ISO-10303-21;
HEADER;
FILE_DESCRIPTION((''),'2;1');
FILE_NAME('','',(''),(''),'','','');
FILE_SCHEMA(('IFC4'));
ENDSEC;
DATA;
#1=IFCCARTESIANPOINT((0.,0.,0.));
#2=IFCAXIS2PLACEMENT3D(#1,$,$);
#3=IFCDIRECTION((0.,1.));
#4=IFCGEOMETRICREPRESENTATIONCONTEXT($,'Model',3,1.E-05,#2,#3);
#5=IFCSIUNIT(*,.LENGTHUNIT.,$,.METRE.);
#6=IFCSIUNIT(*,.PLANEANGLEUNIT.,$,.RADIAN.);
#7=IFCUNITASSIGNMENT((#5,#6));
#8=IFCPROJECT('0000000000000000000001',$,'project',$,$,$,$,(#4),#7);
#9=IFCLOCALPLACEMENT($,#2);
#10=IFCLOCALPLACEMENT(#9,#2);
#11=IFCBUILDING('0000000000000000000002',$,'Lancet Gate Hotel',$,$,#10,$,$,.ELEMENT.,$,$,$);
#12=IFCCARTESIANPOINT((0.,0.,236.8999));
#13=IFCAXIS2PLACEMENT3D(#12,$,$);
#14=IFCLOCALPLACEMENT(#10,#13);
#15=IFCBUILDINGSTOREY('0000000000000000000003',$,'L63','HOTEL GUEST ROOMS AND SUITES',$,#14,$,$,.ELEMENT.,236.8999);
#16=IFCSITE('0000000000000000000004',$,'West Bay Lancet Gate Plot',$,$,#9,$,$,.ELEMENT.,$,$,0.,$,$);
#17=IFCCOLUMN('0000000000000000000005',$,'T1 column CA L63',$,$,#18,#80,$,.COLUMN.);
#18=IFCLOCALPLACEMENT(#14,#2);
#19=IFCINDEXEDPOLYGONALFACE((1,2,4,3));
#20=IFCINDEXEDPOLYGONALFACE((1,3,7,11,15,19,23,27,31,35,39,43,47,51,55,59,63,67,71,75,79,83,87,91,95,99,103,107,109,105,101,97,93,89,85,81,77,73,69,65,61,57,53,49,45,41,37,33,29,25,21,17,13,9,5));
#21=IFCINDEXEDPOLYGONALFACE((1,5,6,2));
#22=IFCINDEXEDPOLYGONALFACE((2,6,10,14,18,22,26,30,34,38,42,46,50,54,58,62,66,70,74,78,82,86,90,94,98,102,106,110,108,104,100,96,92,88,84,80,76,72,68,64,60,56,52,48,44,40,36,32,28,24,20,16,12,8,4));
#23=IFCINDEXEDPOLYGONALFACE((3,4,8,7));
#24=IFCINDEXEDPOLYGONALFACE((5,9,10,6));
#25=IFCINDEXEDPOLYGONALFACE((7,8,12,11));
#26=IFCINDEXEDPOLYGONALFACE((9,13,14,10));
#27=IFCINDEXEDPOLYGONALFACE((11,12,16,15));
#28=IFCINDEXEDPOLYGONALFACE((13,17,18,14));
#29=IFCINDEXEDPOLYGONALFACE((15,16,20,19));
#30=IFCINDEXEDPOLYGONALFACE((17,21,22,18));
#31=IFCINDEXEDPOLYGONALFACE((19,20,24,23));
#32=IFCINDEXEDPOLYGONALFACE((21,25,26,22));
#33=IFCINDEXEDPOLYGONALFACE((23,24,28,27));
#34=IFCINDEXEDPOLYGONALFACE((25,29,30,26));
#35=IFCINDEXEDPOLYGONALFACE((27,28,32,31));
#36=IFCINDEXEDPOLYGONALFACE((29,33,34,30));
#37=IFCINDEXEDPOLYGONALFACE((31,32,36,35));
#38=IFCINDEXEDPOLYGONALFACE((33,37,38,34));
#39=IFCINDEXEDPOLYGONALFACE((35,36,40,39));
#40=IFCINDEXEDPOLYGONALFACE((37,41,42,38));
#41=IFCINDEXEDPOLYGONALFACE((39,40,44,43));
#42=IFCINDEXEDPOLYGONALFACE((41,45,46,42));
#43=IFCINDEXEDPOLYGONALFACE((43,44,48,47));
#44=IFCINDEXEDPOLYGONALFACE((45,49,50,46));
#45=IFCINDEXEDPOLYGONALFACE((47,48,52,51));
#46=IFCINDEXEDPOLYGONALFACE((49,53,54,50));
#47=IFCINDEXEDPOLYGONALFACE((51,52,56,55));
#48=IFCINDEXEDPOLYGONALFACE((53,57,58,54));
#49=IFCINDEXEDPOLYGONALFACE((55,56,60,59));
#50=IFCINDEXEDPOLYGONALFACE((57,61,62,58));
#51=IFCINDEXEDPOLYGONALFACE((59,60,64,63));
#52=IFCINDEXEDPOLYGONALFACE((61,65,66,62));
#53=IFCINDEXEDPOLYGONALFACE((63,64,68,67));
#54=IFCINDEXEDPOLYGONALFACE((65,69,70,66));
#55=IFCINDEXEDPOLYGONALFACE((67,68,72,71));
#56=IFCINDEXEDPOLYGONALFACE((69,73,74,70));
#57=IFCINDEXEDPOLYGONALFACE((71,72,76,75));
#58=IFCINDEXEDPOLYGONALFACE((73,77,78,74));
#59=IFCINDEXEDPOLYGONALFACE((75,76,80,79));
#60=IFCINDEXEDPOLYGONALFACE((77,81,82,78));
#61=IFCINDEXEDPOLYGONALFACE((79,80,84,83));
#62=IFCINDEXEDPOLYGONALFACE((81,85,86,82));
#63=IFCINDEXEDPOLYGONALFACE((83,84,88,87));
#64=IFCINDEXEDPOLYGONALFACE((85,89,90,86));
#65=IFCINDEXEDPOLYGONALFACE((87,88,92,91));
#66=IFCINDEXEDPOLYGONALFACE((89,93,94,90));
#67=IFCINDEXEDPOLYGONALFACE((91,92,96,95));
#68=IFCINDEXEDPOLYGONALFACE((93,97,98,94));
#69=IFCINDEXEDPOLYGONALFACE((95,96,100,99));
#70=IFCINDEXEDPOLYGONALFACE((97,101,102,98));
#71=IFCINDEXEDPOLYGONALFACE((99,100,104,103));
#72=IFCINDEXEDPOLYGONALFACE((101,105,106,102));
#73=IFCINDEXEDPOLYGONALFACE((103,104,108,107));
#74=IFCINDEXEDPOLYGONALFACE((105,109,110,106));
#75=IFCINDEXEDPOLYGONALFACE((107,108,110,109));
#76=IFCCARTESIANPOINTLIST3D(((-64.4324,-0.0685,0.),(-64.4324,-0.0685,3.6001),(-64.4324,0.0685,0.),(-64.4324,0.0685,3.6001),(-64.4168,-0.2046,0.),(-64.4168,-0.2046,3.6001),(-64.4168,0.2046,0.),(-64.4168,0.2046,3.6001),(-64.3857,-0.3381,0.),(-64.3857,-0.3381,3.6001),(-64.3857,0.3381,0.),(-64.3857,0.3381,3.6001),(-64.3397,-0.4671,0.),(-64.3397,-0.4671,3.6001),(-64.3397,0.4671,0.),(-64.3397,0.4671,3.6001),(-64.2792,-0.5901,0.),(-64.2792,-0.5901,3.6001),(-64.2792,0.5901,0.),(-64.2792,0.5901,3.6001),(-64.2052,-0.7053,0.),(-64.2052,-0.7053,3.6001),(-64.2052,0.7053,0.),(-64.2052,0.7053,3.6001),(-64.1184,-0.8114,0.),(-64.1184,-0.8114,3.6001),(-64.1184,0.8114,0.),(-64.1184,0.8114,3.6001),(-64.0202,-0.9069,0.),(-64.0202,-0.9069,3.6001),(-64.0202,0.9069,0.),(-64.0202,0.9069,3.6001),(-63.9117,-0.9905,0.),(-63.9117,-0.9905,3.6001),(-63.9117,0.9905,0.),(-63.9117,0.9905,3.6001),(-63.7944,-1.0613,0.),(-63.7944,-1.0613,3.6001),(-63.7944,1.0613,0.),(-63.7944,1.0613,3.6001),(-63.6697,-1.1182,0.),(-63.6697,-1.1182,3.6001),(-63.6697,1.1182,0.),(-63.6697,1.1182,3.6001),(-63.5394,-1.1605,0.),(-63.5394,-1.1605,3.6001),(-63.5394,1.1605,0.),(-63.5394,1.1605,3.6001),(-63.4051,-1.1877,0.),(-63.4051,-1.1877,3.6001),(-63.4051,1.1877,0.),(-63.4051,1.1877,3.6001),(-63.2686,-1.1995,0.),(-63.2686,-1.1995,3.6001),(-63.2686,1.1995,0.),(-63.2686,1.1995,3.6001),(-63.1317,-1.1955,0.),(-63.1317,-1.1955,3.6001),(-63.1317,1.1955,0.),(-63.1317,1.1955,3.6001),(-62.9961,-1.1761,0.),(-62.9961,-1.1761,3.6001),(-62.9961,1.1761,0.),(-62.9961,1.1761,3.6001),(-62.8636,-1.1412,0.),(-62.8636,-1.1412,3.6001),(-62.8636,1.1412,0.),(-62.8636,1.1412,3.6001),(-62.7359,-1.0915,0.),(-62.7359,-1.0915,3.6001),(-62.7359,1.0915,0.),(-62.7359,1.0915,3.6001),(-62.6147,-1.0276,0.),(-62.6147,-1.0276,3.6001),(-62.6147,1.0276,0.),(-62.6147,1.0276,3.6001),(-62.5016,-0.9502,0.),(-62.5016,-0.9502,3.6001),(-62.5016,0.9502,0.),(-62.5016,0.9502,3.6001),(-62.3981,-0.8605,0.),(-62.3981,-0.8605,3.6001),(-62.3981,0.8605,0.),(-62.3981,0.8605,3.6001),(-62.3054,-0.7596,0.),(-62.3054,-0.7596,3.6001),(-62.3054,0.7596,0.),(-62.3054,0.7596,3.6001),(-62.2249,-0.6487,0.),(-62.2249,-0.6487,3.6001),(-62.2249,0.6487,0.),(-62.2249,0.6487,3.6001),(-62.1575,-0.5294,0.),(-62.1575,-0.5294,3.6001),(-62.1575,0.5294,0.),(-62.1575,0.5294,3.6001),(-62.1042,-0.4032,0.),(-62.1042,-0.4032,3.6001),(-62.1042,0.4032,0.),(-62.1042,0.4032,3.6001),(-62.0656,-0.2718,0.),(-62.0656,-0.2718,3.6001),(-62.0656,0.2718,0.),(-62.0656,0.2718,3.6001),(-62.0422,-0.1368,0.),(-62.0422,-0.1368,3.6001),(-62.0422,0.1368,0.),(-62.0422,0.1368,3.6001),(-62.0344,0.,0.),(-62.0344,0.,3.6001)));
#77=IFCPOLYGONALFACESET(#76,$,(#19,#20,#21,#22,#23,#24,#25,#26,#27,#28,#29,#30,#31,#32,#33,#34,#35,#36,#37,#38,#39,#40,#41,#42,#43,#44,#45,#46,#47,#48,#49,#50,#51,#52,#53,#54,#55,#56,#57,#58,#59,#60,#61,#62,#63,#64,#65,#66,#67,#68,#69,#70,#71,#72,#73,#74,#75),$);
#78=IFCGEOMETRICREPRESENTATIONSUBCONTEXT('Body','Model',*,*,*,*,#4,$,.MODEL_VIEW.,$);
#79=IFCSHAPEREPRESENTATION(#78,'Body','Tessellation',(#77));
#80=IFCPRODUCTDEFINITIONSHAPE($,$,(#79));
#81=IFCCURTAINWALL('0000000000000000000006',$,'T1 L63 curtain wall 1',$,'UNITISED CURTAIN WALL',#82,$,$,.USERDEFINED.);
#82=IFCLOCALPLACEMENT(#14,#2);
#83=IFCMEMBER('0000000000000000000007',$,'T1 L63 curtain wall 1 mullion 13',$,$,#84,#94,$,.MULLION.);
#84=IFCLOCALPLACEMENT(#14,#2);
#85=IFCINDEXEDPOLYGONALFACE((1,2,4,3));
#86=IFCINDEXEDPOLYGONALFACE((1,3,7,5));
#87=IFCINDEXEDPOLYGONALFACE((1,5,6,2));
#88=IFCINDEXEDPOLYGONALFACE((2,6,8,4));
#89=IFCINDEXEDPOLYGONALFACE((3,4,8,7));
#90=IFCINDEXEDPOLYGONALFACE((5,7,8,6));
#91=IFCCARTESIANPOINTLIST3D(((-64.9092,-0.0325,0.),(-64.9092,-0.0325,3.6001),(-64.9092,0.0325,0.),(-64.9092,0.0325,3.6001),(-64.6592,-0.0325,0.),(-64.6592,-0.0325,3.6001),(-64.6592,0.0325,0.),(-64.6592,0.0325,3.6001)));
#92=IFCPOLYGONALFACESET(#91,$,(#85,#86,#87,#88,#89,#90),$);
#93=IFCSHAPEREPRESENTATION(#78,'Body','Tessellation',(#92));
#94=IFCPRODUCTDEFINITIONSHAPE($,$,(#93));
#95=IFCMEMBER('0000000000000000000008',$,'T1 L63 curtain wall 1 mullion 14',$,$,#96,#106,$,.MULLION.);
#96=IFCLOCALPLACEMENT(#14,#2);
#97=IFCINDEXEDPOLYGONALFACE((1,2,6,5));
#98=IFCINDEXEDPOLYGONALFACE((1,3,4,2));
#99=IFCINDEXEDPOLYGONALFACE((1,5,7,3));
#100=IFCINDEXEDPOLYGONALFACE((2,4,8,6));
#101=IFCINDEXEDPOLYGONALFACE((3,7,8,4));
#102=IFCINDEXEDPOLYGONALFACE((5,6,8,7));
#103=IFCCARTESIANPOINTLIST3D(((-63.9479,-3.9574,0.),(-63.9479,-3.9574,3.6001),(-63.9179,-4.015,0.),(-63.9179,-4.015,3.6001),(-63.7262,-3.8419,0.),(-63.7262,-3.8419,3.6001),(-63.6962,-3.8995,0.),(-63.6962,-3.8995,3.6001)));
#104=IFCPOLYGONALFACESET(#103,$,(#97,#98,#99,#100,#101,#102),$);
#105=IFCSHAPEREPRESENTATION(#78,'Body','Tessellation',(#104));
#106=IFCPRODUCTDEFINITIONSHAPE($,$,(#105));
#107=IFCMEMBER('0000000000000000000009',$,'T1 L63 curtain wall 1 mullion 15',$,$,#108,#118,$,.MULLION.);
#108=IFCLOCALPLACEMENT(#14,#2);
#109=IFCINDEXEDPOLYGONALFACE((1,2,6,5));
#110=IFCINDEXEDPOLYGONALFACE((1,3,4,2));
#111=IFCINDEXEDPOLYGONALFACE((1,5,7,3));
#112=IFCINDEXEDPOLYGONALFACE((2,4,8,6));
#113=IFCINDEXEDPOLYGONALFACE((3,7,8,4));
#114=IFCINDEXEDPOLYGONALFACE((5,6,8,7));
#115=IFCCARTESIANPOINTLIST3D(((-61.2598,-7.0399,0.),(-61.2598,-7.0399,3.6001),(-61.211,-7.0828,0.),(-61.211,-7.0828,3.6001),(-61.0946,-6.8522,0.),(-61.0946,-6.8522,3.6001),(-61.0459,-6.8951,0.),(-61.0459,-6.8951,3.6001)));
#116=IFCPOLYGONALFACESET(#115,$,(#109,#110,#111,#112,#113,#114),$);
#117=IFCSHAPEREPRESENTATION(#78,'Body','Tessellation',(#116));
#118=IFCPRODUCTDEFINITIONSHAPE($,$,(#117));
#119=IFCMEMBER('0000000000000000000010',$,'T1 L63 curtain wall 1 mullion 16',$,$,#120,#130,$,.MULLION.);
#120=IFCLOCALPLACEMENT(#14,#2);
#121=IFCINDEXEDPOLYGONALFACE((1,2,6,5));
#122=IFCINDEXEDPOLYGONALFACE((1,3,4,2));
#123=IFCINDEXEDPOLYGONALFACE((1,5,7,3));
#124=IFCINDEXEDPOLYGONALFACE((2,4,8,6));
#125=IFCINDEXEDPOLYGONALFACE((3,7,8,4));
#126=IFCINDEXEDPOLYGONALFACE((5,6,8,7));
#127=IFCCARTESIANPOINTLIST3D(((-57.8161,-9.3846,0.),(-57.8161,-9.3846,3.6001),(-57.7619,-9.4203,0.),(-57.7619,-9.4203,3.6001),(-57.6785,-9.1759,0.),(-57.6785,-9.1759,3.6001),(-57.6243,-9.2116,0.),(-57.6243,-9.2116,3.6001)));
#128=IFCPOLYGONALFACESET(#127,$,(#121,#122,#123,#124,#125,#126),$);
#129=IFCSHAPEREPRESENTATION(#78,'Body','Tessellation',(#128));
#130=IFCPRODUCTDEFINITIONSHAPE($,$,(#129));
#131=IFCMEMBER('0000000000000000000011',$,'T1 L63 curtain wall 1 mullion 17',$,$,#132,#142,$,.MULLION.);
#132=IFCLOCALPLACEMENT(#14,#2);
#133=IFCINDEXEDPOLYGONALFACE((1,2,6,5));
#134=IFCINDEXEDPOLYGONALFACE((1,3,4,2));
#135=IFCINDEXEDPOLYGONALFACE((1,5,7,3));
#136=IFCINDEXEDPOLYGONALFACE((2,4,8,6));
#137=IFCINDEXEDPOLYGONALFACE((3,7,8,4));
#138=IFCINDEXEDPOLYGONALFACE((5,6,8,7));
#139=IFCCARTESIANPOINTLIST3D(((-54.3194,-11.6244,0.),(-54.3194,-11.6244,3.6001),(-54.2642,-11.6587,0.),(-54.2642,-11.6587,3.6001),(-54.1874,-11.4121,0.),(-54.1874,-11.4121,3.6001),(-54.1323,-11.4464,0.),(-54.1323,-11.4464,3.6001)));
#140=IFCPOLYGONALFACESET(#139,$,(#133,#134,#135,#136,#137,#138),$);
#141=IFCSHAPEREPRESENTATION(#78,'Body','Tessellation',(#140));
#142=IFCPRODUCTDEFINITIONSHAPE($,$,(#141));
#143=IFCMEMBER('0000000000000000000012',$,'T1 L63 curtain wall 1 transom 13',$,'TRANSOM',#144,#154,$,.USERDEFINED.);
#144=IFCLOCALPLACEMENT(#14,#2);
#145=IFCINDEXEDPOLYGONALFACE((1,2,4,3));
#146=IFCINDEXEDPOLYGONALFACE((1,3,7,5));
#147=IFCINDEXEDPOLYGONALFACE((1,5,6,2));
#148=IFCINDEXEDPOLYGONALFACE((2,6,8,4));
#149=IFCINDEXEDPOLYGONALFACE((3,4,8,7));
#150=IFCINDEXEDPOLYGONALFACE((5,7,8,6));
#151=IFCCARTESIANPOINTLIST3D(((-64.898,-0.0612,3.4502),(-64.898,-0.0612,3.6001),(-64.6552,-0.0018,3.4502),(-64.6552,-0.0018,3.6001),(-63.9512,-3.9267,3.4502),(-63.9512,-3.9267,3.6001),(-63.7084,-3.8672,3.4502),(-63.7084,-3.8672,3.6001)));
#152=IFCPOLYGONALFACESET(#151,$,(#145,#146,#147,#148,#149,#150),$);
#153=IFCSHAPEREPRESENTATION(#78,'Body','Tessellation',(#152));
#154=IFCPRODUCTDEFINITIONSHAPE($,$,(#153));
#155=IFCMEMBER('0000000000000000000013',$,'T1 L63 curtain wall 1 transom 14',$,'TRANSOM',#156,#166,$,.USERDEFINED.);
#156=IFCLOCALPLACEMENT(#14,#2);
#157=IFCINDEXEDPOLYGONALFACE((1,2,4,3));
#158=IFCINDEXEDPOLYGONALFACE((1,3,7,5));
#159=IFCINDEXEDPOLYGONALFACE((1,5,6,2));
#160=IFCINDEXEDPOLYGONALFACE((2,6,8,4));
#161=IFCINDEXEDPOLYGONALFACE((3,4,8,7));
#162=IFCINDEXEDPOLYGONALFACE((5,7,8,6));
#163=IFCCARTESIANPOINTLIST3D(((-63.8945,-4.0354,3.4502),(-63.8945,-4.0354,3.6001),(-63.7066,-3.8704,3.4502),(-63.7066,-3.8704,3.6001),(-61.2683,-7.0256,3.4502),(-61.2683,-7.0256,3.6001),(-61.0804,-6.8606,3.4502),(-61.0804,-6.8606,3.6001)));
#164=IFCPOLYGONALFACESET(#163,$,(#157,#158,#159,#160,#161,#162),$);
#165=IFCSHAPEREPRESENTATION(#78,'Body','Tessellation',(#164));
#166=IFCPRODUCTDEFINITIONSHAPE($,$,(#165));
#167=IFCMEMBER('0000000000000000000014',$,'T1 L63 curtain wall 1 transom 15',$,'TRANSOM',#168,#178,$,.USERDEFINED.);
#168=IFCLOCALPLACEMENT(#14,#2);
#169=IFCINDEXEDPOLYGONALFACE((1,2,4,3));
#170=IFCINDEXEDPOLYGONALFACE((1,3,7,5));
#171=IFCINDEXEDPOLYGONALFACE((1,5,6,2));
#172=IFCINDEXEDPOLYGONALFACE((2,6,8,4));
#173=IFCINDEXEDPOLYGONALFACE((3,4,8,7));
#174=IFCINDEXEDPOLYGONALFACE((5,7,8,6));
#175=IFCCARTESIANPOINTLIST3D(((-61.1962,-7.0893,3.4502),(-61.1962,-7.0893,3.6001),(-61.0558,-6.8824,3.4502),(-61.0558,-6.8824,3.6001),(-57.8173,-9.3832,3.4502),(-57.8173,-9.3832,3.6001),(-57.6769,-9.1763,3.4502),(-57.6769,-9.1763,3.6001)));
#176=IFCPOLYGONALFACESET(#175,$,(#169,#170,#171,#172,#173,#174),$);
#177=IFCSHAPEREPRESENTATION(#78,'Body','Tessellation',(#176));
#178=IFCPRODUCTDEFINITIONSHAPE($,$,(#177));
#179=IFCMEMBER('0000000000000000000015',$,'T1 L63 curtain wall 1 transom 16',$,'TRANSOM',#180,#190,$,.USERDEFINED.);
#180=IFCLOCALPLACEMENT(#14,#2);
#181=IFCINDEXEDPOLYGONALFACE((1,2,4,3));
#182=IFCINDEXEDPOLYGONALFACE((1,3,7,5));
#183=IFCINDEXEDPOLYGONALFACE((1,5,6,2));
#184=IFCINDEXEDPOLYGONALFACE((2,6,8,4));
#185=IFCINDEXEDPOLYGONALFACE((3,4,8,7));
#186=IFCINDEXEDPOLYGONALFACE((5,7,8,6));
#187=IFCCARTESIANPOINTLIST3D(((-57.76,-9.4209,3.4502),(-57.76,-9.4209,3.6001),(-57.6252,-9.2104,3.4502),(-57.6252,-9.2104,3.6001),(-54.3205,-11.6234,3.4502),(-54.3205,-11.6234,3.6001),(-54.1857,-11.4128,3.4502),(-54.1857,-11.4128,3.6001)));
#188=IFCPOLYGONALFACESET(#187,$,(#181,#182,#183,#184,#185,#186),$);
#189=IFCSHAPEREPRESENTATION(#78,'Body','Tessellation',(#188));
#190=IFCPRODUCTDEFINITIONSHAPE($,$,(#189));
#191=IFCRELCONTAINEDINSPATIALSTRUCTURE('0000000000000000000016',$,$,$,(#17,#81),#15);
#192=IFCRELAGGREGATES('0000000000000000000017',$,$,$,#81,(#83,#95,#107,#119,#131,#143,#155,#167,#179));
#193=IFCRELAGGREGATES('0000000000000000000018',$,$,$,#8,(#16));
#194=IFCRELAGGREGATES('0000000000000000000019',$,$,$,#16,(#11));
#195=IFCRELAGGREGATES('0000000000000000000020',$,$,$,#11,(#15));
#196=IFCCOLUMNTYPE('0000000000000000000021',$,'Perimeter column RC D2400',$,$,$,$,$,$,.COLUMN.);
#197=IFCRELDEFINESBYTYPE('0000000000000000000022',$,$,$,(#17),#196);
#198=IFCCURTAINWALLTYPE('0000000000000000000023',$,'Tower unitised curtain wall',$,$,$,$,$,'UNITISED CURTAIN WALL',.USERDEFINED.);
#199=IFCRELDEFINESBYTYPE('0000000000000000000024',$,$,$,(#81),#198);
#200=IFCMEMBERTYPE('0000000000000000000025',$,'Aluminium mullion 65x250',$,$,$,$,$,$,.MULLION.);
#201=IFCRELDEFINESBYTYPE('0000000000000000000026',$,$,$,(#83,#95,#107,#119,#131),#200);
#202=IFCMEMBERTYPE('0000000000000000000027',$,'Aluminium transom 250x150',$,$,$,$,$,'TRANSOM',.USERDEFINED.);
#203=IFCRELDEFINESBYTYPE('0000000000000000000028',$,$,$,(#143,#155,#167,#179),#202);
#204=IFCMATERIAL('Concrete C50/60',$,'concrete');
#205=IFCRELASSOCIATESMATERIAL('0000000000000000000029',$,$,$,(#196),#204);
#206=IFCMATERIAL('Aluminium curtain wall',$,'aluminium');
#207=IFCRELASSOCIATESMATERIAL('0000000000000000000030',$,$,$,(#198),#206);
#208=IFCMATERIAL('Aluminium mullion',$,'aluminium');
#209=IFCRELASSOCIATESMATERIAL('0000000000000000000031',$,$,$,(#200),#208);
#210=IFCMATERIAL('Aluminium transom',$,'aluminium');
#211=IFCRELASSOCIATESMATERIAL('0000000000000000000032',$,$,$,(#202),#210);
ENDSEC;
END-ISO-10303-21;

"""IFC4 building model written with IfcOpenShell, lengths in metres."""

from ifc_helpers import new_model, si_unit, direction, frame, origin, origin_2d, place, context, subcontext, project, spatial, rectangle, circle, extrude, material, material_profile, profile_set, type_object, element, aggregate, save


model = new_model("IFC4")

# Units and contexts
model_context = context("Model", 3, precision=1e-05, world=origin(), true_north=direction((0.0, 1.0)))
body_context = subcontext(model_context, "Body", "Model", "MODEL_VIEW")
ifc_project = project(units=[si_unit("LENGTHUNIT", "METRE"), si_unit("PLANEANGLEUNIT", "RADIAN")], contexts=[model_context])

# Site, building, storey
site_placement = place(None, origin())
site = spatial("IfcSite", under=ifc_project, at=site_placement, Name="West Bay Lancet Gate Plot", CompositionType="ELEMENT", RefElevation=0.0)
building_placement = place(site_placement, origin())
building = spatial("IfcBuilding", under=site, at=building_placement, Name="Lancet Gate Hotel", CompositionType="ELEMENT")
storey_placement = place(building_placement, frame((0.0, 0.0, 236.8999)))
storey = spatial("IfcBuildingStorey", under=building, at=storey_placement, Name="L63", Description="HOTEL GUEST ROOMS AND SUITES", CompositionType="ELEMENT", Elevation=236.8999)

# Column
ifc_material_1 = material(Name="Concrete C50/60", Category="concrete")
ifc_material_profile_1 = material_profile(ifc_material_1, circle(Radius=1.2, at=origin_2d()), Name="RC D2400")
ifc_profile_set_1 = profile_set([ifc_material_profile_1], Name="Concrete C50/60")
column_type = type_object("IfcColumnType", Name="Perimeter column RC D2400", PredefinedType="COLUMN", material=ifc_profile_set_1)
column_placement = place(storey_placement, frame((-63.2344, 0.0, 0.0), z_axis=(0.0, 0.0, 1.0), x_axis=(1.0, 0.0, 0.0)))
element("IfcColumn", 1, at=column_placement, inside=storey, type_object=column_type, Name="T1 column CA L63", PredefinedType="COLUMN", context=body_context, shape_type="SweptSolid", body=[
    extrude(circle(Radius=1.2, at=origin_2d()), origin(), (0.0, 0.0, 1.0), 3.6001),
])

# Curtain wall, members
ifc_material_2 = material(Name="Aluminium curtain wall", Category="aluminium")
curtain_wall_type = type_object("IfcCurtainWallType", Name="Tower unitised curtain wall", ElementType="UNITISED CURTAIN WALL", PredefinedType="USERDEFINED", material=ifc_material_2)
curtain_wall_placement = place(storey_placement, origin())
curtain_wall = element("IfcCurtainWall", 2, at=curtain_wall_placement, inside=storey, type_object=curtain_wall_type, Name="T1 L63 curtain wall 1", ObjectType="UNITISED CURTAIN WALL", PredefinedType="USERDEFINED")
ifc_material_3 = material(Name="Aluminium mullion", Category="aluminium")
ifc_material_profile_2 = material_profile(ifc_material_3, rectangle(XDim=0.0649, YDim=0.25, at=origin_2d()), Name="MULLION 65x250")
ifc_profile_set_2 = profile_set([ifc_material_profile_2], Name="Aluminium mullion")
member_type_1 = type_object("IfcMemberType", Name="Aluminium mullion 65x250", PredefinedType="MULLION", material=ifc_profile_set_2)
member_1_placement = place(storey_placement, frame((-64.7842, 0.0, 0.0), z_axis=(0.0, 0.0, 1.0), x_axis=(0.0, -1.0, 0.0)))
member_1 = element("IfcMember", 3, at=member_1_placement, type_object=member_type_1, Name="T1 L63 curtain wall 1 mullion 13", PredefinedType="MULLION", context=body_context, shape_type="SweptSolid", body=[
    extrude(rectangle(XDim=0.0649, YDim=0.25, at=origin_2d()), origin(), (0.0, 0.0, 1.0), 3.6001),
])
member_2_placement = place(storey_placement, frame((-63.822, -3.9285, 0.0), z_axis=(0.0, 0.0, 1.0), x_axis=(0.462178, -0.886787, 0.0)))
member_2 = element("IfcMember", 4, at=member_2_placement, type_object=member_type_1, Name="T1 L63 curtain wall 1 mullion 14", PredefinedType="MULLION", context=body_context, shape_type="SweptSolid", body=[
    extrude(rectangle(XDim=0.0649, YDim=0.25, at=origin_2d()), origin(), (0.0, 0.0, 1.0), 3.6001),
])
member_3_placement = place(storey_placement, frame((-61.1528, -6.9675, 0.0), z_axis=(0.0, 0.0, 1.0), x_axis=(0.750716, -0.660626, 0.0)))
member_3 = element("IfcMember", 5, at=member_3_placement, type_object=member_type_1, Name="T1 L63 curtain wall 1 mullion 15", PredefinedType="MULLION", context=body_context, shape_type="SweptSolid", body=[
    extrude(rectangle(XDim=0.0649, YDim=0.25, at=origin_2d()), origin(), (0.0, 0.0, 1.0), 3.6001),
])
member_4_placement = place(storey_placement, frame((-57.7202, -9.2981, 0.0), z_axis=(0.0, 0.0, 1.0), x_axis=(0.834827, -0.550512, 0.0)))
member_4 = element("IfcMember", 6, at=member_4_placement, type_object=member_type_1, Name="T1 L63 curtain wall 1 mullion 16", PredefinedType="MULLION", context=body_context, shape_type="SweptSolid", body=[
    extrude(rectangle(XDim=0.0649, YDim=0.25, at=origin_2d()), origin(), (0.0, 0.0, 1.0), 3.6001),
])
member_5_placement = place(storey_placement, frame((-54.2258, -11.5354, 0.0), z_axis=(0.0, 0.0, 1.0), x_axis=(0.849342, -0.527842, 0.0)))
member_5 = element("IfcMember", 7, at=member_5_placement, type_object=member_type_1, Name="T1 L63 curtain wall 1 mullion 17", PredefinedType="MULLION", context=body_context, shape_type="SweptSolid", body=[
    extrude(rectangle(XDim=0.0649, YDim=0.25, at=origin_2d()), origin(), (0.0, 0.0, 1.0), 3.6001),
])
ifc_material_4 = material(Name="Aluminium transom", Category="aluminium")
ifc_material_profile_3 = material_profile(ifc_material_4, rectangle(XDim=0.25, YDim=0.1499, at=origin_2d()), Name="TRANSOM 250x150")
ifc_profile_set_3 = profile_set([ifc_material_profile_3], Name="Aluminium transom")
member_type_2 = type_object("IfcMemberType", Name="Aluminium transom 250x150", ElementType="TRANSOM", PredefinedType="USERDEFINED", material=ifc_profile_set_3)
member_6_placement = place(storey_placement, frame((-64.7766, -0.0315, 3.5251), z_axis=(0.237899, -0.97129, 0.0), x_axis=(0.97129, 0.237899, 0.0)))
member_6 = element("IfcMember", 8, at=member_6_placement, type_object=member_type_2, Name="T1 L63 curtain wall 1 transom 13", ObjectType="TRANSOM", PredefinedType="USERDEFINED", context=body_context, shape_type="SweptSolid", body=[
    extrude(rectangle(XDim=0.25, YDim=0.1499, at=origin_2d()), origin(), (0.0, 0.0, 1.0), 3.9797),
])
member_7_placement = place(storey_placement, frame((-63.8005, -3.9529, 3.5251), z_axis=(0.659893, -0.751359, 0.0), x_axis=(0.751359, 0.659893, 0.0)))
member_7 = element("IfcMember", 9, at=member_7_placement, type_object=member_type_2, Name="T1 L63 curtain wall 1 transom 14", ObjectType="TRANSOM", PredefinedType="USERDEFINED", context=body_context, shape_type="SweptSolid", body=[
    extrude(rectangle(XDim=0.25, YDim=0.1499, at=origin_2d()), origin(), (0.0, 0.0, 1.0), 3.9797),
])
member_8_placement = place(storey_placement, frame((-61.126, -6.9858, 3.5251), z_axis=(0.827349, -0.561689, 0.0), x_axis=(0.561689, 0.827349, 0.0)))
member_8 = element("IfcMember", 10, at=member_8_placement, type_object=member_type_2, Name="T1 L63 curtain wall 1 transom 15", ObjectType="TRANSOM", PredefinedType="USERDEFINED", context=body_context, shape_type="SweptSolid", body=[
    extrude(rectangle(XDim=0.25, YDim=0.1499, at=origin_2d()), origin(), (0.0, 0.0, 1.0), 4.084),
])
member_9_placement = place(storey_placement, frame((-57.6926, -9.3157, 3.5251), z_axis=(0.842144, -0.539252, 0.0), x_axis=(0.539252, 0.842144, 0.0)))
member_9 = element("IfcMember", 11, at=member_9_placement, type_object=member_type_2, Name="T1 L63 curtain wall 1 transom 16", ObjectType="TRANSOM", PredefinedType="USERDEFINED", context=body_context, shape_type="SweptSolid", body=[
    extrude(rectangle(XDim=0.25, YDim=0.1499, at=origin_2d()), origin(), (0.0, 0.0, 1.0), 4.0842),
])

aggregate(curtain_wall, [member_1, member_2, member_3, member_4, member_5, member_6, member_7, member_8, member_9])

save(model, "model.ifc")
